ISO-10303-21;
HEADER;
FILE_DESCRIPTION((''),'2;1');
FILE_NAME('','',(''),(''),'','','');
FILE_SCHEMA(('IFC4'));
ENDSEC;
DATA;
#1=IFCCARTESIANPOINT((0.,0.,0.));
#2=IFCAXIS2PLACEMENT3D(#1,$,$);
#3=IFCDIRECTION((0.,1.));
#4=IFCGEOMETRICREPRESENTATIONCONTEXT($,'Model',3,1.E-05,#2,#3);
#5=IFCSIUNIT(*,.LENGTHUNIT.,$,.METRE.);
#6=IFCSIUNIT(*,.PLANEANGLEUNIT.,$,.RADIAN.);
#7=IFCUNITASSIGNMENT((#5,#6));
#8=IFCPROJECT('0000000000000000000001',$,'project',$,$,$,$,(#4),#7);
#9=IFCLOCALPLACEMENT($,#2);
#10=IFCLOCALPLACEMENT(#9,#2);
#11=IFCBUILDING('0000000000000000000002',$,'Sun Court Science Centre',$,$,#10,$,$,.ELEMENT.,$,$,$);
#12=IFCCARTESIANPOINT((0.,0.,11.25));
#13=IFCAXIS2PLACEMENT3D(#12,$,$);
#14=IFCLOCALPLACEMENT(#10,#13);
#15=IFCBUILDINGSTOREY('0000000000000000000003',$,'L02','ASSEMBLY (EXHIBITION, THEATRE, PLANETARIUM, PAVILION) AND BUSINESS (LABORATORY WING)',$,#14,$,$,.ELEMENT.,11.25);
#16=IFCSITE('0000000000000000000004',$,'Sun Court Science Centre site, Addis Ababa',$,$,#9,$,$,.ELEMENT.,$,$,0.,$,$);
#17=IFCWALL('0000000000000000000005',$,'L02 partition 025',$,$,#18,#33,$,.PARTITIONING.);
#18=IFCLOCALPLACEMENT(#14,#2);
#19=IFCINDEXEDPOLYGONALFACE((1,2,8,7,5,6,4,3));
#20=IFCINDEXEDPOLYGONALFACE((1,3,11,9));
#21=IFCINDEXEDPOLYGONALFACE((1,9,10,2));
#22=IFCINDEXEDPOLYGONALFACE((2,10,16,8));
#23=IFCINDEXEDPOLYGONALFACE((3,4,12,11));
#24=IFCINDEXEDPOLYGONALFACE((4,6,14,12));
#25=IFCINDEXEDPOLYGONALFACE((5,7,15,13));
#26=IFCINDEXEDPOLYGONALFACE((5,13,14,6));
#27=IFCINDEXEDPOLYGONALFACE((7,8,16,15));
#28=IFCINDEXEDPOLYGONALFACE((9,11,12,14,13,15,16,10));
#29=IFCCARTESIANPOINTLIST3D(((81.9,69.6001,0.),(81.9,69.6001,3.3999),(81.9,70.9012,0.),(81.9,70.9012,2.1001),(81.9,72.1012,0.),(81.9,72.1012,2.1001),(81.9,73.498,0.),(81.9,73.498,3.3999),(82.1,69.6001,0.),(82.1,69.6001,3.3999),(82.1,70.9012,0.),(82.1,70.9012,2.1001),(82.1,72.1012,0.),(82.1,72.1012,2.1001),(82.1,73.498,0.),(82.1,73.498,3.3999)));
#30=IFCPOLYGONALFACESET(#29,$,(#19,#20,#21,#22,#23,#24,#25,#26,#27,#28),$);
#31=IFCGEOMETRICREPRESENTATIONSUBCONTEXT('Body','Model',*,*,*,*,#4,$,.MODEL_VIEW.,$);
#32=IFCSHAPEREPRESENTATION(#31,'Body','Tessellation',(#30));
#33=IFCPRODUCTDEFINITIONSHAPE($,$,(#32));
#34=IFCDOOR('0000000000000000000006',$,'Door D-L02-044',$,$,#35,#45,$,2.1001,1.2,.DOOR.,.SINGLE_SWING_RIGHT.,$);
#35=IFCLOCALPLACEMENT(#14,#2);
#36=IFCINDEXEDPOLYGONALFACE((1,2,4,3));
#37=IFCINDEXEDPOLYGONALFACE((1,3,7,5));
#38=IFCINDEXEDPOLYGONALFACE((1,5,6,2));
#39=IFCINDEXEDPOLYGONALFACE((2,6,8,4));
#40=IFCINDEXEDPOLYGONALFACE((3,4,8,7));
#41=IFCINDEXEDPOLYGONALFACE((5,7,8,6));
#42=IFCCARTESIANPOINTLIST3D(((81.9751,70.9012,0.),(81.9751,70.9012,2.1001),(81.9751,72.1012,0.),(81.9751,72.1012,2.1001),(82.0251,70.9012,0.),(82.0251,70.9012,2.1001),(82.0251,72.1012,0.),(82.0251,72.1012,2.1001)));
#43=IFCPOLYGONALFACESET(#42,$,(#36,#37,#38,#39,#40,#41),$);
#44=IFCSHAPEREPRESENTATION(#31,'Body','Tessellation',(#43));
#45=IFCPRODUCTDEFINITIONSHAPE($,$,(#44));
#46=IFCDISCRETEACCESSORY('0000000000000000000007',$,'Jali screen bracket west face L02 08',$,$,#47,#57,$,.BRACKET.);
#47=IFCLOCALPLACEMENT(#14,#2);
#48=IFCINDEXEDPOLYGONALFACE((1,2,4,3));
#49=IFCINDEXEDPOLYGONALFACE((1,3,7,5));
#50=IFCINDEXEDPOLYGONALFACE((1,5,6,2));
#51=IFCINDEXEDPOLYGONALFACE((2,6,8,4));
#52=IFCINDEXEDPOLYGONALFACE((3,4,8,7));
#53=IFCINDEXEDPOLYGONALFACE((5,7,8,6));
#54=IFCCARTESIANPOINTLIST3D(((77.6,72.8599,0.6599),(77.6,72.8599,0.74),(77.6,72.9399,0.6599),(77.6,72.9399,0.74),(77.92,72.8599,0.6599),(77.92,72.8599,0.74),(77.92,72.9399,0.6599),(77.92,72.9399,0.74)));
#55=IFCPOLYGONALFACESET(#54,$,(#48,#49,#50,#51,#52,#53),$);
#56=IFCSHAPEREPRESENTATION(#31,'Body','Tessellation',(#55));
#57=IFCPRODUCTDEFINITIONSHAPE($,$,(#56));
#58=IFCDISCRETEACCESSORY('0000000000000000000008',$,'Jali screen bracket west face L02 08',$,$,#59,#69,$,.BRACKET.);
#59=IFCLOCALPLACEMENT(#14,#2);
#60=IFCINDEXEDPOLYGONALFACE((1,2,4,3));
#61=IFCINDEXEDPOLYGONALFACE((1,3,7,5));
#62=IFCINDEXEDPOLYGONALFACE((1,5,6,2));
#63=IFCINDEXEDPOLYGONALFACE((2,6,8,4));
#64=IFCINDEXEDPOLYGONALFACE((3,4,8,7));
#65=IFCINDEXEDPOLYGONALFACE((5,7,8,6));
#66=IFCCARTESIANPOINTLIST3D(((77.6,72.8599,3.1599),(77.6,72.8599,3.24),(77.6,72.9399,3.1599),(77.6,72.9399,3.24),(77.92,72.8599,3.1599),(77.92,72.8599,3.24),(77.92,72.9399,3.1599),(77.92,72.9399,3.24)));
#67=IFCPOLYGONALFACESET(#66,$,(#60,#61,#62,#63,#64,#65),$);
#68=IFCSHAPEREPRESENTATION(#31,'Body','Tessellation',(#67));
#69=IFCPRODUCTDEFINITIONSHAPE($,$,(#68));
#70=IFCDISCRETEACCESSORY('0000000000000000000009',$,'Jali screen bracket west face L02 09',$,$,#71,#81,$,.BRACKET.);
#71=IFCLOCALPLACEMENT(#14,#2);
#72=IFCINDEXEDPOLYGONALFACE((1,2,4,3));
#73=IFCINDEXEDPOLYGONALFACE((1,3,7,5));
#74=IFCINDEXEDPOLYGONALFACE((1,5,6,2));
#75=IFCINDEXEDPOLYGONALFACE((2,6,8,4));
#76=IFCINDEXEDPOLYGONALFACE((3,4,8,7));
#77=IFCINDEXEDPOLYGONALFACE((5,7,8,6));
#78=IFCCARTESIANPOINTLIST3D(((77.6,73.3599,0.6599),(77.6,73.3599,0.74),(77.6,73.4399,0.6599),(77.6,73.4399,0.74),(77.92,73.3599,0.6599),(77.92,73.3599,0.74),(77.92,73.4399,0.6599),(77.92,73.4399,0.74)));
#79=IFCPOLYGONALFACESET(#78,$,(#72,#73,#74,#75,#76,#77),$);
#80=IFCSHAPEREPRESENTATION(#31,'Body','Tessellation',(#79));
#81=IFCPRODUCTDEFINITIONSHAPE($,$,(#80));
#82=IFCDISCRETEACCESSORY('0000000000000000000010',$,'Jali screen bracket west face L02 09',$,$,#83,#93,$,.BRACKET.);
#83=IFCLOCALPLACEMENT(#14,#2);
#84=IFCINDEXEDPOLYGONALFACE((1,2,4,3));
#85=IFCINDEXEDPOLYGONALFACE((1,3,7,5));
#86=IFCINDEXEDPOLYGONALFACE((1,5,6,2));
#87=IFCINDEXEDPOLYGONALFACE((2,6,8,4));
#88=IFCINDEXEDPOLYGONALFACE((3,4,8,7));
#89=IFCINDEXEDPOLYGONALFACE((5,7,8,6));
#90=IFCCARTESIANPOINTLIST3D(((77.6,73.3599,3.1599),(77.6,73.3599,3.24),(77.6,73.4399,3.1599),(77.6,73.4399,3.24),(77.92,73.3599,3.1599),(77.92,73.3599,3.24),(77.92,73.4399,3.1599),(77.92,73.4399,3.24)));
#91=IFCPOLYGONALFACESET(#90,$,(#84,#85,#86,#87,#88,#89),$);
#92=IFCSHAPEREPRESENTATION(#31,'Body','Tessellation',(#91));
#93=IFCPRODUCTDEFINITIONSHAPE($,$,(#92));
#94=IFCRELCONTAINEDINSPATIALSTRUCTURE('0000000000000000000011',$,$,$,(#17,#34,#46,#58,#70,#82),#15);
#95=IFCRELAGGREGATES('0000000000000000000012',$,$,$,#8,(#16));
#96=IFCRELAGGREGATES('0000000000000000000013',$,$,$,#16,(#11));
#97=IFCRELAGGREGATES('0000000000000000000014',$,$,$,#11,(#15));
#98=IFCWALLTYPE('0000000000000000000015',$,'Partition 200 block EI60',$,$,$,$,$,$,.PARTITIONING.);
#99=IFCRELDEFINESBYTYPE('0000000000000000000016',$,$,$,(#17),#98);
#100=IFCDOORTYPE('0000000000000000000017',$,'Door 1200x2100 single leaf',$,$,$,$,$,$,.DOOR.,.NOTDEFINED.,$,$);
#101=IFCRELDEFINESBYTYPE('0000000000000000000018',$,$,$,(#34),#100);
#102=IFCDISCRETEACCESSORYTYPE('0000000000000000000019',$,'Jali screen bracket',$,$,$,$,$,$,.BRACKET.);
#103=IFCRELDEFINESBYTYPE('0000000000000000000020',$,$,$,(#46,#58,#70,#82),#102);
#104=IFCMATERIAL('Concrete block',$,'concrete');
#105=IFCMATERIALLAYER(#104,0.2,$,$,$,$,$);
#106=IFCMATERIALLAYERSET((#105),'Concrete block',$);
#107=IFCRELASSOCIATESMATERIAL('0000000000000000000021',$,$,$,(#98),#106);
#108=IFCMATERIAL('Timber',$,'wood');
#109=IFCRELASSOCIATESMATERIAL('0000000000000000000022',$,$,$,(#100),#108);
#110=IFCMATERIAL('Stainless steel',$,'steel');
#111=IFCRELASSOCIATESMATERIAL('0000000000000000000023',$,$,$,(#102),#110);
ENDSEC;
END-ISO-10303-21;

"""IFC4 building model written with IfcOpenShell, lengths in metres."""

from ifc_helpers import new_model, si_unit, direction, frame, frame_2d, origin, origin_2d, place, context, subcontext, project, spatial, rectangle, extrude, material, layer, layer_set, type_object, element, fill, save


model = new_model("IFC4")

# Units and contexts
model_context = context("Model", 3, precision=1e-05, world=origin(), true_north=direction((0.0, 1.0)))
body_context = subcontext(model_context, "Body", "Model", "MODEL_VIEW")
ifc_project = project(units=[si_unit("LENGTHUNIT", "METRE"), si_unit("PLANEANGLEUNIT", "RADIAN")], contexts=[model_context])

# Site, building, storey
site_placement = place(None, origin())
site = spatial("IfcSite", under=ifc_project, at=site_placement, Name="Sun Court Science Centre site, Addis Ababa", CompositionType="ELEMENT", RefElevation=0.0)
building_placement = place(site_placement, origin())
building = spatial("IfcBuilding", under=site, at=building_placement, Name="Sun Court Science Centre", CompositionType="ELEMENT")
storey_placement = place(building_placement, frame((0.0, 0.0, 11.25)))
storey = spatial("IfcBuildingStorey", under=building, at=storey_placement, Name="L02", Description="ASSEMBLY (EXHIBITION, THEATRE, PLANETARIUM, PAVILION) AND BUSINESS (LABORATORY WING)", CompositionType="ELEMENT", Elevation=11.25)

# Shared definitions
ifc_material_1 = material(Name="Concrete block", Category="concrete")
ifc_layer_1 = layer(ifc_material_1, 0.2)
ifc_layer_set_1 = layer_set([ifc_layer_1], Name="Concrete block")
wall_type = type_object("IfcWallType", Name="Partition 200 block EI60", PredefinedType="PARTITIONING", material=ifc_layer_set_1)

# Wall, opening, door
wall_1_placement = place(storey_placement, frame((82.0, 69.6001, 0.0), z_axis=(0.0, 0.0, 1.0), x_axis=(0.0, 1.0, 0.0)))
wall_1 = element("IfcWall", 1, at=wall_1_placement, inside=storey, type_object=wall_type, Name="L02 partition 025", PredefinedType="PARTITIONING", context=body_context, shape_type="SweptSolid", body=[
    extrude(rectangle(XDim=3.8979, YDim=0.2, at=frame_2d((1.949, 0.0))), origin(), (0.0, 0.0, 1.0), 3.3999),
])
opening_placement = place(wall_1_placement, frame((1.301, 0.0, 0.0)))
opening = element("IfcOpeningElement", 2, at=opening_placement, cuts=wall_1, PredefinedType="OPENING", context=body_context, shape_type="SweptSolid", body=[
    extrude(rectangle(XDim=1.2, YDim=2.1001, at=frame_2d((0.6001, 1.05))), frame((0.0, 0.1099, 0.0), z_axis=(0.0, -1.0, 0.0), x_axis=(1.0, 0.0, 0.0)), (0.0, 0.0, 1.0), 0.22),
])
ifc_material_2 = material(Name="Timber", Category="wood")
door_type = type_object("IfcDoorType", Name="Door 1200x2100 single leaf", OperationType="NOTDEFINED", PredefinedType="DOOR", material=ifc_material_2)
door_placement = place(opening_placement, origin())
door = element("IfcDoor", 3, at=door_placement, inside=storey, type_object=door_type, Name="Door D-L02-044", OperationType="SINGLE_SWING_RIGHT", OverallHeight=2.1001, OverallWidth=1.2, PredefinedType="DOOR", context=body_context, shape_type="SweptSolid", body=[
    extrude(rectangle(XDim=1.2, YDim=2.1001, at=frame_2d((0.6001, 1.05))), frame((0.0, 0.0249, 0.0), z_axis=(0.0, -1.0, 0.0), x_axis=(1.0, 0.0, 0.0)), (0.0, 0.0, 1.0), 0.05),
])
fill(opening, door)

# Discrete accessories
ifc_material_3 = material(Name="Stainless steel", Category="steel")
discrete_accessory_type = type_object("IfcDiscreteAccessoryType", Name="Jali screen bracket", PredefinedType="BRACKET", material=ifc_material_3)
for number, where, z_axis, x_axis, name in (
    (4, (77.76, 72.8999, 0.6599), (0.0, 0.0, 1.0), (0.0, 1.0, 0.0), "Jali screen bracket west face L02 08"),
    (5, (77.76, 72.8999, 3.1599), (0.0, 0.0, 1.0), (0.0, 1.0, 0.0), "Jali screen bracket west face L02 08"),
    (6, (77.76, 73.3999, 0.6599), (0.0, 0.0, 1.0), (0.0, 1.0, 0.0), "Jali screen bracket west face L02 09"),
    (7, (77.76, 73.3999, 3.1599), (0.0, 0.0, 1.0), (0.0, 1.0, 0.0), "Jali screen bracket west face L02 09"),
):
    element("IfcDiscreteAccessory", number, at=place(storey_placement, frame(where, z_axis=z_axis, x_axis=x_axis)), inside=storey, type_object=discrete_accessory_type, Name=name, PredefinedType="BRACKET", context=body_context, shape_type="SweptSolid", body=[
        extrude(rectangle(XDim=0.0801, YDim=0.3201, at=origin_2d()), origin(), (0.0, 0.0, 1.0), 0.0801),
    ])

save(model, "model.ifc")
